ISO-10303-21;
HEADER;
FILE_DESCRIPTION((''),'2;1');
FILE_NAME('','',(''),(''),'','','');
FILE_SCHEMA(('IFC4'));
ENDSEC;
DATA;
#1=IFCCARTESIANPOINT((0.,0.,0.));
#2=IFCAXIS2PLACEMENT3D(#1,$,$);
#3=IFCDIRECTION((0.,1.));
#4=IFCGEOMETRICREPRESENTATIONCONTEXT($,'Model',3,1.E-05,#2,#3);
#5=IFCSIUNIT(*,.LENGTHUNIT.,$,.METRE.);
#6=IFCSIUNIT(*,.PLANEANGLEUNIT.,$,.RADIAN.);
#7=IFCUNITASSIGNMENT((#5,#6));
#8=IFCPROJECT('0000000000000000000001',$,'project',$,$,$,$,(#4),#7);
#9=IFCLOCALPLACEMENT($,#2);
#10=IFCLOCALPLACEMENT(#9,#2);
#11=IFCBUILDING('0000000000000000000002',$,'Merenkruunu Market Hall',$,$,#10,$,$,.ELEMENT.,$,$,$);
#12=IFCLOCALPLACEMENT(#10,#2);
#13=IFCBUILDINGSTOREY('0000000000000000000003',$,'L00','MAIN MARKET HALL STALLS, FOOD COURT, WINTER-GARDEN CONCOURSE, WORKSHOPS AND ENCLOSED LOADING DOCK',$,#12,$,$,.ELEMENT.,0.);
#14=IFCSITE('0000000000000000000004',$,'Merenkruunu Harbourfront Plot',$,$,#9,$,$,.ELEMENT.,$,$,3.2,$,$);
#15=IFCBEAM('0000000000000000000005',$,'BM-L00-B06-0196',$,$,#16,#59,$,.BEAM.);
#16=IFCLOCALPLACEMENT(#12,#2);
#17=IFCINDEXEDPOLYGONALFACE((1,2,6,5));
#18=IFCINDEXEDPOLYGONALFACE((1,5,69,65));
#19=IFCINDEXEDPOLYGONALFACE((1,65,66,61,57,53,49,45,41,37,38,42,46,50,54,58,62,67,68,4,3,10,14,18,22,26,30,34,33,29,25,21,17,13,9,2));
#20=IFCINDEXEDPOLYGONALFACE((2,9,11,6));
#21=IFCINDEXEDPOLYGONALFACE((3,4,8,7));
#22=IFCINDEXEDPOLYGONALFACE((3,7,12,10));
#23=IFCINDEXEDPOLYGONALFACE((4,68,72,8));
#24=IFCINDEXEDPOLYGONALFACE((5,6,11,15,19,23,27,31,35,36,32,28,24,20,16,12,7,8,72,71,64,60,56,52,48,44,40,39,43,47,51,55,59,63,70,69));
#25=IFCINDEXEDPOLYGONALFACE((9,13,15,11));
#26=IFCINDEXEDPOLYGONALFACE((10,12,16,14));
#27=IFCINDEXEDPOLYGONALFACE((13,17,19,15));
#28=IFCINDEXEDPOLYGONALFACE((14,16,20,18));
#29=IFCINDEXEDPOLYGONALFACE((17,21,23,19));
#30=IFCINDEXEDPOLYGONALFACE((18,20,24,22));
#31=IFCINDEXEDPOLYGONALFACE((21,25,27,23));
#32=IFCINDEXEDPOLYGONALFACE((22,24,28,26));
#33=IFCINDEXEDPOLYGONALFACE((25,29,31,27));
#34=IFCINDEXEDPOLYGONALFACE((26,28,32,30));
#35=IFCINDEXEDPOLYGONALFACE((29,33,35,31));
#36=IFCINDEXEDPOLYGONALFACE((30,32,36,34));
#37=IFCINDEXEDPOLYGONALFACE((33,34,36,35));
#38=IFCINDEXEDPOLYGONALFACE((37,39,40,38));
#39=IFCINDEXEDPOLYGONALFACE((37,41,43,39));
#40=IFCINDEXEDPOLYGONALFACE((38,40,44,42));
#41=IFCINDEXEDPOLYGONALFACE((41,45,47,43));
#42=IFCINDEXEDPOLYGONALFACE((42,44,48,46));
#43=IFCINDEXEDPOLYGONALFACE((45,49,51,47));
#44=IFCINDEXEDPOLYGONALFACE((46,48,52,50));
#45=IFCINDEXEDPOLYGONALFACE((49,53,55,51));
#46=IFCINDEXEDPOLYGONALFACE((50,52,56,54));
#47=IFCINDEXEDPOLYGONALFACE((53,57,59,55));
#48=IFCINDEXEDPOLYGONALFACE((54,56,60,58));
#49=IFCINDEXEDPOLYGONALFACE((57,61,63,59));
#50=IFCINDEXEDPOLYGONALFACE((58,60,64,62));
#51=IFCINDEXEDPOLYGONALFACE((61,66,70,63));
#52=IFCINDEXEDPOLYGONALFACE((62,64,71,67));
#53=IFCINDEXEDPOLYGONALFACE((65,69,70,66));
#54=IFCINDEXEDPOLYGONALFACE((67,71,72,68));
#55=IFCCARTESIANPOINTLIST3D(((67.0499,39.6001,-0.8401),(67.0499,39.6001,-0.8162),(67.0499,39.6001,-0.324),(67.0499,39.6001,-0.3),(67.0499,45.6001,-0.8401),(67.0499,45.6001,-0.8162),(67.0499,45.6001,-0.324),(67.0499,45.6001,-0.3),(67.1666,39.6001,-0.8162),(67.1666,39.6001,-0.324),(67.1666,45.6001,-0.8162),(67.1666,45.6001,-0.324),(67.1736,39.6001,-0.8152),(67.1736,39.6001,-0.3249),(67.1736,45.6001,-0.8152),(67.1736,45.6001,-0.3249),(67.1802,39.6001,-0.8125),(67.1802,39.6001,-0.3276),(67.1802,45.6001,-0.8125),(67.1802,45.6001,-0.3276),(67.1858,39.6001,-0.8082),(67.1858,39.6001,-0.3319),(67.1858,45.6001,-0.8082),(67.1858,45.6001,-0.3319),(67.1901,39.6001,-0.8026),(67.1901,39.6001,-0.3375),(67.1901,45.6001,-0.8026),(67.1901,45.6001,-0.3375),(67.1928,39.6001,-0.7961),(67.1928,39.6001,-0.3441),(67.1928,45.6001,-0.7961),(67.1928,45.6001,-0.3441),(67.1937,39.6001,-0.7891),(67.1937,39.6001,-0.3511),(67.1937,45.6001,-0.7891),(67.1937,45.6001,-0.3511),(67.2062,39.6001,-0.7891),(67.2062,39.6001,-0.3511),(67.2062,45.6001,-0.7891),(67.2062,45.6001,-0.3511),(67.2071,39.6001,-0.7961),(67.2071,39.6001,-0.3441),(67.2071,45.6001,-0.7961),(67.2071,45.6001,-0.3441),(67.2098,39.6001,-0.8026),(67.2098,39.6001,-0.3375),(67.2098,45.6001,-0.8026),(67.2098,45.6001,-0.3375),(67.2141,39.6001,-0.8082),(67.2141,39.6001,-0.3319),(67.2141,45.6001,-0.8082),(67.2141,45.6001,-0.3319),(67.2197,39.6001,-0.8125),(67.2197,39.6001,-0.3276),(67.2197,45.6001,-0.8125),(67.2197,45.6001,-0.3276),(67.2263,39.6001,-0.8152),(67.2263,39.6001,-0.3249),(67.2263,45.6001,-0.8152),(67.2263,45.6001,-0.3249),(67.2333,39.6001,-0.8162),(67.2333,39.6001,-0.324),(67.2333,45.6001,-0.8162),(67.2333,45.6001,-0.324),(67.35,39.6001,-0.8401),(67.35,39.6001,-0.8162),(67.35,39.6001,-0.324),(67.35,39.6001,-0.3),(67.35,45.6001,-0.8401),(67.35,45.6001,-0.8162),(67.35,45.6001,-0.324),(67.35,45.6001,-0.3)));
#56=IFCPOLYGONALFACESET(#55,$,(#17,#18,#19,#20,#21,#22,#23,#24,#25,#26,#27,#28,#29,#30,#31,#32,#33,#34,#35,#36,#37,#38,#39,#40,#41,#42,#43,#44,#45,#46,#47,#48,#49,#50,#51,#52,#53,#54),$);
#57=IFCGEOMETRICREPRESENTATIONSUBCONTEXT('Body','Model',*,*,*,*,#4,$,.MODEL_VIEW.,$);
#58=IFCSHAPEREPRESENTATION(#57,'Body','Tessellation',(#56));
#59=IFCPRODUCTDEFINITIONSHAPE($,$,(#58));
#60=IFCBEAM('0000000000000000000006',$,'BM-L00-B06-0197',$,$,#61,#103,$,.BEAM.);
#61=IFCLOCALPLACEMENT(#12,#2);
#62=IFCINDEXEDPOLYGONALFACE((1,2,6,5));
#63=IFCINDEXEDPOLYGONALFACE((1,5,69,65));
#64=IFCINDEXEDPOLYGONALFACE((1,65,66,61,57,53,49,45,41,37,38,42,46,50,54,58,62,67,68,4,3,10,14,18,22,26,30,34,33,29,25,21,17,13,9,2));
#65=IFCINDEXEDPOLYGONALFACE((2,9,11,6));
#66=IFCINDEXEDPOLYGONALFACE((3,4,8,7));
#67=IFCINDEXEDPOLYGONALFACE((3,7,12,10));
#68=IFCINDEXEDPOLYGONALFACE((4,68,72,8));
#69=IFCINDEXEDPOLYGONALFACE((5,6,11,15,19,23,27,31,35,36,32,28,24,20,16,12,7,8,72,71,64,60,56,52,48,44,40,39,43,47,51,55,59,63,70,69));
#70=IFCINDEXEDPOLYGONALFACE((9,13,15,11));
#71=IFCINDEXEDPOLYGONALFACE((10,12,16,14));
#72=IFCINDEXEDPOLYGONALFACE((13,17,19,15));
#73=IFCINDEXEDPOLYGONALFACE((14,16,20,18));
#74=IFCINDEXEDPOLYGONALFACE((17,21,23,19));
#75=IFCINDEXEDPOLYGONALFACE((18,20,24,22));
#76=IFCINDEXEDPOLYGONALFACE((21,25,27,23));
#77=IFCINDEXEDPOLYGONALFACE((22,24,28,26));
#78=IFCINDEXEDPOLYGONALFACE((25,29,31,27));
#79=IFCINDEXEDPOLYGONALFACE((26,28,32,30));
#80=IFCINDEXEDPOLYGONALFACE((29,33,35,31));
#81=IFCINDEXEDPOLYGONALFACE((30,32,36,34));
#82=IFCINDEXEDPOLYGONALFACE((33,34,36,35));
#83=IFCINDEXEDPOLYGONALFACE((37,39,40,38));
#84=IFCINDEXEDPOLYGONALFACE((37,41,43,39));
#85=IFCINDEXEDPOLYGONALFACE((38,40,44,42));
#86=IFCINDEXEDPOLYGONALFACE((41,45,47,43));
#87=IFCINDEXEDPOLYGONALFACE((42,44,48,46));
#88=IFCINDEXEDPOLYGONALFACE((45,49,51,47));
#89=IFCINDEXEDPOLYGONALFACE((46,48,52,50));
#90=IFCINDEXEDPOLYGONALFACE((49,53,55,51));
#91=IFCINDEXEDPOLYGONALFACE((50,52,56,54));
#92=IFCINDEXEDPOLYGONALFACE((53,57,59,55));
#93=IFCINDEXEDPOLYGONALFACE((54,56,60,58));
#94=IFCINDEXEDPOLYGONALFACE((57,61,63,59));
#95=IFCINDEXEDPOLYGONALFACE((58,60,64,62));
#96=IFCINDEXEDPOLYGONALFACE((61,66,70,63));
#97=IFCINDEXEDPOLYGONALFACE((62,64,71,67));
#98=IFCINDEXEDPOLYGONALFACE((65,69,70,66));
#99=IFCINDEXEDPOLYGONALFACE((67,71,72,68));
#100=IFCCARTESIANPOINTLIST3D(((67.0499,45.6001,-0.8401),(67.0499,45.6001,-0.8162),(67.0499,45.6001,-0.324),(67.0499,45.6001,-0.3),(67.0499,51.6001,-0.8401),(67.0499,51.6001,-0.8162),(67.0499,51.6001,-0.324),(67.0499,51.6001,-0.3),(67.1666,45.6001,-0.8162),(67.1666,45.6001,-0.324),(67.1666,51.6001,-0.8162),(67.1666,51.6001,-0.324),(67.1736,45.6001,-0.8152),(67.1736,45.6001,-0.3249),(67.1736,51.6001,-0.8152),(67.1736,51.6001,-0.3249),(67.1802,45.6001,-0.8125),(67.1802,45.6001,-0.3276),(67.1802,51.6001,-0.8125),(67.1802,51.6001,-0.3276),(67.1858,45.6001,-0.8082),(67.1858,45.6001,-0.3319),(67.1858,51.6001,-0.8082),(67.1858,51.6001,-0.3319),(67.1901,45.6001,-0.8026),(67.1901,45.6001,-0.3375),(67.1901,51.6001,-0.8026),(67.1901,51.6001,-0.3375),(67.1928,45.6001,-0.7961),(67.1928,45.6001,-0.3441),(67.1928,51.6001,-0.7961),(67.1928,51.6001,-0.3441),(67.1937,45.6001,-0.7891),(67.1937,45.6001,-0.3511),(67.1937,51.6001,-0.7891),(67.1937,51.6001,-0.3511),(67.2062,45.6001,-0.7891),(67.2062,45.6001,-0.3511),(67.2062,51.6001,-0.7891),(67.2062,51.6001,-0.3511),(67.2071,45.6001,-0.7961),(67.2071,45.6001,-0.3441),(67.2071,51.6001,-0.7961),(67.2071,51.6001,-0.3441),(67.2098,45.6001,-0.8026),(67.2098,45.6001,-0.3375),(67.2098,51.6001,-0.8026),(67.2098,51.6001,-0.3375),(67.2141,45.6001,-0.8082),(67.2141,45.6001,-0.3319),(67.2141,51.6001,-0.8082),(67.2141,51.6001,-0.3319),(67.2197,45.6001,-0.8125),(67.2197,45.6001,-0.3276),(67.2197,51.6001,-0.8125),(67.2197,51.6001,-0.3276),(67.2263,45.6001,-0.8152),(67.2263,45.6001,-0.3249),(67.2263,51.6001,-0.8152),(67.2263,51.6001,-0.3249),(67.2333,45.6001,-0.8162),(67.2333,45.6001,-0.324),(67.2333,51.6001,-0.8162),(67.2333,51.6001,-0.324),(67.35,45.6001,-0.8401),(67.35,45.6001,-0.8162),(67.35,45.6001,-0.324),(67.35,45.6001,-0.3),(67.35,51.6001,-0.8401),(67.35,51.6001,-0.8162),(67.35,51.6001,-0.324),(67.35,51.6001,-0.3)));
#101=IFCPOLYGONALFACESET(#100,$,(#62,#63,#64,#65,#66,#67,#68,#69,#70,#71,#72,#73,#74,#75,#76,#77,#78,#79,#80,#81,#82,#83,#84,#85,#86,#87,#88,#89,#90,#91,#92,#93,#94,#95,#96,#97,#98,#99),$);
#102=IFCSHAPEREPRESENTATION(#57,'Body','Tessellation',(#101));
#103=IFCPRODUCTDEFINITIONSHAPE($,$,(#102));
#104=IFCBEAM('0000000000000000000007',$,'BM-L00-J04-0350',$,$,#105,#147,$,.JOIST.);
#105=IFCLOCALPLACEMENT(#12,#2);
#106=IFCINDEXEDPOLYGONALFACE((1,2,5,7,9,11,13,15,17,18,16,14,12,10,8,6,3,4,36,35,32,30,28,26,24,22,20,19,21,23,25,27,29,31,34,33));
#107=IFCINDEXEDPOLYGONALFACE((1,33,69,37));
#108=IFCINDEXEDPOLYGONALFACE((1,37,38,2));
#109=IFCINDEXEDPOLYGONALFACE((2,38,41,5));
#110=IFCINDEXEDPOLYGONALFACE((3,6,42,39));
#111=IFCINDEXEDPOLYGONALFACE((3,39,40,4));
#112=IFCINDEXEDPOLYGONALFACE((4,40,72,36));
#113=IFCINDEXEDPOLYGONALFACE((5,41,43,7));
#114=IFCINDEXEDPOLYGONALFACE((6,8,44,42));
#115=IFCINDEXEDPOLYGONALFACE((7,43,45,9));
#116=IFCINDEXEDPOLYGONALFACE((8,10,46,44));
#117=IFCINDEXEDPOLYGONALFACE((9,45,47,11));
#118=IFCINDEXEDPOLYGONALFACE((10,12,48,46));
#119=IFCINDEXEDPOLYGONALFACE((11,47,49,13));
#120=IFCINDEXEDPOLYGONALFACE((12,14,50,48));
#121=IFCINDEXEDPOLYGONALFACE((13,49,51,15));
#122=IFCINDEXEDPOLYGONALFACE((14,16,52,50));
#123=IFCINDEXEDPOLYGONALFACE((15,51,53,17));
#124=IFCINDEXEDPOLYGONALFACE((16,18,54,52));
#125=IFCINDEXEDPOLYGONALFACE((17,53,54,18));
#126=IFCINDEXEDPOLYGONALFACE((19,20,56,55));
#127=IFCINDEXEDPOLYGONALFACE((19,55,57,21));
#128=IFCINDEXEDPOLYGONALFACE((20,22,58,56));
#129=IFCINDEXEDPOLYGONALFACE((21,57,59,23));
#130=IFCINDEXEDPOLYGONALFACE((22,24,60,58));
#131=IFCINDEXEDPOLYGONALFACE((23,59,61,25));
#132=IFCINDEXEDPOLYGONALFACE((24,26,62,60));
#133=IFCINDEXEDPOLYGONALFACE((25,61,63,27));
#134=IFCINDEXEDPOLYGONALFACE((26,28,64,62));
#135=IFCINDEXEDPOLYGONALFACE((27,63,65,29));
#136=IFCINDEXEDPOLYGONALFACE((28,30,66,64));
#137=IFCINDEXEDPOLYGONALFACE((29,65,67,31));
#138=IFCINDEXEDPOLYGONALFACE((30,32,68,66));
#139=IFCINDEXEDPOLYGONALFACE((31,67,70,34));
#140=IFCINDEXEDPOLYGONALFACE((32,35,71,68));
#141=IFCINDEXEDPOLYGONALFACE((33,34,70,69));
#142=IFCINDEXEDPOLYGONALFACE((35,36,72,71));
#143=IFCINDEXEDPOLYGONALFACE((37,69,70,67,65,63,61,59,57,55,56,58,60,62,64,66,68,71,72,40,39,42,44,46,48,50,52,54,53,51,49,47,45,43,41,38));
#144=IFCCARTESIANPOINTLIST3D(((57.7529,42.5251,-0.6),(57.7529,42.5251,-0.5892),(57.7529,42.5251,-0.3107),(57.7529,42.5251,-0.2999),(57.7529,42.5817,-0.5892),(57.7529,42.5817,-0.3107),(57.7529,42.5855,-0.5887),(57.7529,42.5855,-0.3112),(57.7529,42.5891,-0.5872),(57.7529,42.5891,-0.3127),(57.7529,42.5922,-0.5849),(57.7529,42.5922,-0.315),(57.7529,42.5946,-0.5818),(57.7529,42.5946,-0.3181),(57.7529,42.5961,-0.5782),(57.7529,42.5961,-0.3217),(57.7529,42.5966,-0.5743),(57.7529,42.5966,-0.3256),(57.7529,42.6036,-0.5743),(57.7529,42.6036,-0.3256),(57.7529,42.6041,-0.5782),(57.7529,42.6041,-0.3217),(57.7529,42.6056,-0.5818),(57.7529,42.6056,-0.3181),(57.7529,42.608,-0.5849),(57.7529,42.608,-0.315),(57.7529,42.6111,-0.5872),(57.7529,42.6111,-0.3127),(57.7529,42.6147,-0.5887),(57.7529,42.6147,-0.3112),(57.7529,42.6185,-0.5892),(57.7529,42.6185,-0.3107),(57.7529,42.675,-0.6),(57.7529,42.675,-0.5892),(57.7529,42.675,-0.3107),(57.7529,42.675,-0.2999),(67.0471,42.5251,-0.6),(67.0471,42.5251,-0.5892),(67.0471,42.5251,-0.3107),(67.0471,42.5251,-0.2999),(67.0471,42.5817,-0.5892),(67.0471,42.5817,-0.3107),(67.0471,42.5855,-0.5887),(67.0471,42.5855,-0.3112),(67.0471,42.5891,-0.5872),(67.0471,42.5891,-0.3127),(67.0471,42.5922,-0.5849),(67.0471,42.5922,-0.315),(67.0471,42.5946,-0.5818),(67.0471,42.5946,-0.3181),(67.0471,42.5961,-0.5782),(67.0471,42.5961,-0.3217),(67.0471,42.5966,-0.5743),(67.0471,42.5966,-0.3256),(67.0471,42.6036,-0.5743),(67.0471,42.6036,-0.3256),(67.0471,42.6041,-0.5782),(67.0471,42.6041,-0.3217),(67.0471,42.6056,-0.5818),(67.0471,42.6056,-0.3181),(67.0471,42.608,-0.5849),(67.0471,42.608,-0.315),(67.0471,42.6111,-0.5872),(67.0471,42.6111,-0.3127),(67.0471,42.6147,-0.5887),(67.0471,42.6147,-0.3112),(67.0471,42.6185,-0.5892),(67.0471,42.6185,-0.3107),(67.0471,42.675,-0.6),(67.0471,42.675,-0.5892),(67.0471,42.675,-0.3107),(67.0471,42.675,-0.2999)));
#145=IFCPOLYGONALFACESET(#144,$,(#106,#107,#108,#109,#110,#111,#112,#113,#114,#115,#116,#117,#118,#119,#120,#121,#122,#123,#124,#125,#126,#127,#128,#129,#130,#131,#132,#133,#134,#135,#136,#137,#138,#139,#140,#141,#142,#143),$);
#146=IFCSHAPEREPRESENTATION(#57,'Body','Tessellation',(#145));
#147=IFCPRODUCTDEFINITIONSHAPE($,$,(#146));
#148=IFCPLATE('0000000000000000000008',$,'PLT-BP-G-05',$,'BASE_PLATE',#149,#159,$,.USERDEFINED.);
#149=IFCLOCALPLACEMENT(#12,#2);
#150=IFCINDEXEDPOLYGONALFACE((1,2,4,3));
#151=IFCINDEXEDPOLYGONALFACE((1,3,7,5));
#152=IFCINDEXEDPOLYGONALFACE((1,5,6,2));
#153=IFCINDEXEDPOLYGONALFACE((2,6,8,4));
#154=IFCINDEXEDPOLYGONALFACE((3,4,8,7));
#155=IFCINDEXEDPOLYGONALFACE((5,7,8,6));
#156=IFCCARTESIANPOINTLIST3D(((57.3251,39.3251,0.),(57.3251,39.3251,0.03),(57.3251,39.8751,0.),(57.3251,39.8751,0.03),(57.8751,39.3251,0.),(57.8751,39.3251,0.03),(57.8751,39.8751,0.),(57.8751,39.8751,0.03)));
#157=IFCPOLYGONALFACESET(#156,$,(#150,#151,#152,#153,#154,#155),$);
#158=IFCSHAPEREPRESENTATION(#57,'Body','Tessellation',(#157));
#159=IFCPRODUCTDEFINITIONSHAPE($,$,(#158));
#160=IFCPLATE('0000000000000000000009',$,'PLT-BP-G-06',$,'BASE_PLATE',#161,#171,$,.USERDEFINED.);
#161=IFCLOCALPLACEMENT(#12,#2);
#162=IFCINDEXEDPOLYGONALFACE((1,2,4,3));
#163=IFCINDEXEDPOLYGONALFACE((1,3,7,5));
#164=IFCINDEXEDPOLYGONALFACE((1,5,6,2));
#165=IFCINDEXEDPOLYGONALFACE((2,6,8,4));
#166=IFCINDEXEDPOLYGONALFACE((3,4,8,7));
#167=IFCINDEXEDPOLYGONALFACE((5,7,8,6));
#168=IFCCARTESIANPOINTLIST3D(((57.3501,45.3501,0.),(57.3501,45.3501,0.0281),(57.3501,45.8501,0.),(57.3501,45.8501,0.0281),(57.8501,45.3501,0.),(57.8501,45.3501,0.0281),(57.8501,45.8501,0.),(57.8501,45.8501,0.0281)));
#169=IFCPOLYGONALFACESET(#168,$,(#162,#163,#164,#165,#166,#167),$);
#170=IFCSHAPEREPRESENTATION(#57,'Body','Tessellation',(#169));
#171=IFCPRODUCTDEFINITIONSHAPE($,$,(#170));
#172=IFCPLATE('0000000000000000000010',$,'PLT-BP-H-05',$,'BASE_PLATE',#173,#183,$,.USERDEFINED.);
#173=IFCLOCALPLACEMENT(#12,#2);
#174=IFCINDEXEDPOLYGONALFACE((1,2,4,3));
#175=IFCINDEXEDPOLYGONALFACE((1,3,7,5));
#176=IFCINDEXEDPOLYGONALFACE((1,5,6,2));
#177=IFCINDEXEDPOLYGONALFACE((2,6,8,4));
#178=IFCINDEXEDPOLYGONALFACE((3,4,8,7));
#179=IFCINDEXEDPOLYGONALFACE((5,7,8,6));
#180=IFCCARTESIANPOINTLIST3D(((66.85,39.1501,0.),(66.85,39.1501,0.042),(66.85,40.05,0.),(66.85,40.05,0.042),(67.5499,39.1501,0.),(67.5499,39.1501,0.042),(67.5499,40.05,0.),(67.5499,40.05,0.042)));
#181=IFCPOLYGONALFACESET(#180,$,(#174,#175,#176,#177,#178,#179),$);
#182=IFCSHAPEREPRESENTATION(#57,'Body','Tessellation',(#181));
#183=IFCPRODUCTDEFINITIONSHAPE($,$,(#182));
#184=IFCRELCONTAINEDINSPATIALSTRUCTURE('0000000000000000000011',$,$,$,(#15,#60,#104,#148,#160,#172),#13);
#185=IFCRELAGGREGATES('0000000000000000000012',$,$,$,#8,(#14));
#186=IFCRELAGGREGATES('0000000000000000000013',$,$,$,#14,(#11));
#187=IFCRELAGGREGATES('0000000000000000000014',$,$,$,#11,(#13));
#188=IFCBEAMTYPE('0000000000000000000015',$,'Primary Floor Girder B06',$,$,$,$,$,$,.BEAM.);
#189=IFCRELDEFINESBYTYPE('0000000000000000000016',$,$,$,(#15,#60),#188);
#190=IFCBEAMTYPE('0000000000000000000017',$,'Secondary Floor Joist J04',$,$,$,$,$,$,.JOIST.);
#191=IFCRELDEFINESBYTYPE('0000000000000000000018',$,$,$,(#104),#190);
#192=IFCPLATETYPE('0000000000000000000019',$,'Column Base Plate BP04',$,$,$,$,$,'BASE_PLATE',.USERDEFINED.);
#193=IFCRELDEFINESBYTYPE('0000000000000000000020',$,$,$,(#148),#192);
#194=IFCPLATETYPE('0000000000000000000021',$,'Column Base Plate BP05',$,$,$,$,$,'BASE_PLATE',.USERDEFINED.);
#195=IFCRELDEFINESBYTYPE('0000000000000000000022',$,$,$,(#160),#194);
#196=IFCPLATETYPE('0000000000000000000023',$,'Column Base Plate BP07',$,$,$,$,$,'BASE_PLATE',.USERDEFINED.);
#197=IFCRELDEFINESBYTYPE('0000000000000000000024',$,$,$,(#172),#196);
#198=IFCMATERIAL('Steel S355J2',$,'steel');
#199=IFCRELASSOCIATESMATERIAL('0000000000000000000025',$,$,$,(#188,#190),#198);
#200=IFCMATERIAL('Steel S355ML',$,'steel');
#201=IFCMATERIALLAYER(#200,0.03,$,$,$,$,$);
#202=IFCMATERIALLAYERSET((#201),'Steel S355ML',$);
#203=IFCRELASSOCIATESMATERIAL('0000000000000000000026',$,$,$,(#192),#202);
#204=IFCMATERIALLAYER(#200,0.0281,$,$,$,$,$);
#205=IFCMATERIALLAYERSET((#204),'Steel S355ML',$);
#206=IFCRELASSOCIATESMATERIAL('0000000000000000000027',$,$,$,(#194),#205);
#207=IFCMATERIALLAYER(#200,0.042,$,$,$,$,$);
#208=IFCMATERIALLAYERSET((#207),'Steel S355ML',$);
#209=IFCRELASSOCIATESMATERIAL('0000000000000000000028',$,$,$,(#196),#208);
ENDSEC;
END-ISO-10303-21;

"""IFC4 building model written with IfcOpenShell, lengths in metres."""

from ifc_helpers import new_model, si_unit, direction, frame, origin, origin_2d, place, context, subcontext, project, spatial, rectangle, i_section, extrude, material, layer, layer_set, material_profile, profile_set, type_object, element, save


model = new_model("IFC4")

# Units and contexts
model_context = context("Model", 3, precision=1e-05, world=origin(), true_north=direction((0.0, 1.0)))
body_context = subcontext(model_context, "Body", "Model", "MODEL_VIEW")
ifc_project = project(units=[si_unit("LENGTHUNIT", "METRE"), si_unit("PLANEANGLEUNIT", "RADIAN")], contexts=[model_context])

# Site, building, storey
site_placement = place(None, origin())
site = spatial("IfcSite", under=ifc_project, at=site_placement, Name="Merenkruunu Harbourfront Plot", CompositionType="ELEMENT", RefElevation=3.2)
building_placement = place(site_placement, origin())
building = spatial("IfcBuilding", under=site, at=building_placement, Name="Merenkruunu Market Hall", CompositionType="ELEMENT")
storey_placement = place(building_placement, origin())
storey = spatial("IfcBuildingStorey", under=building, at=storey_placement, Name="L00", Description="MAIN MARKET HALL STALLS, FOOD COURT, WINTER-GARDEN CONCOURSE, WORKSHOPS AND ENCLOSED LOADING DOCK", CompositionType="ELEMENT", Elevation=0.0)

# Shared definitions
ifc_material_1 = material(Name="Steel S355ML", Category="steel")

# Beams
ifc_material_2 = material(Name="Steel S355J2", Category="steel")
ifc_material_profile_1 = material_profile(ifc_material_2, i_section(OverallWidth=0.3, OverallDepth=0.54, WebThickness=0.0125, FlangeThickness=0.0239, FilletRadius=0.0271, at=origin_2d()), Name="HEA 550")
ifc_profile_set_1 = profile_set([ifc_material_profile_1], Name="Steel S355J2")
beam_type_1 = type_object("IfcBeamType", Name="Primary Floor Girder B06", PredefinedType="BEAM", material=ifc_profile_set_1)
for number, where, z_axis, x_axis, name in (
    (1, (67.2, 39.6001, -0.5701), (0.0, 1.0, 0.0), (-1.0, 0.0, 0.0), "BM-L00-B06-0196"),
    (2, (67.2, 45.6001, -0.5701), (0.0, 1.0, 0.0), (-1.0, 0.0, 0.0), "BM-L00-B06-0197"),
):
    element("IfcBeam", number, at=place(storey_placement, frame(where, z_axis=z_axis, x_axis=x_axis)), inside=storey, type_object=beam_type_1, Name=name, PredefinedType="BEAM", context=body_context, shape_type="SweptSolid", body=[
        extrude(i_section(OverallWidth=0.3, OverallDepth=0.54, WebThickness=0.0125, FlangeThickness=0.0239, FilletRadius=0.0271, at=origin_2d()), origin(), (0.0, 0.0, 1.0), 6.0),
    ])
ifc_material_profile_2 = material_profile(ifc_material_2, i_section(OverallWidth=0.1499, OverallDepth=0.3, WebThickness=0.0071, FlangeThickness=0.0107, FilletRadius=0.0149, at=origin_2d()), Name="IPE 300")
ifc_profile_set_2 = profile_set([ifc_material_profile_2], Name="Steel S355J2")
beam_type_2 = type_object("IfcBeamType", Name="Secondary Floor Joist J04", PredefinedType="JOIST", material=ifc_profile_set_2)
beam_1_placement = place(storey_placement, frame((57.7529, 42.6001, -0.45), z_axis=(1.0, 0.0, 0.0), x_axis=(0.0, 1.0, 0.0)))
element("IfcBeam", 3, at=beam_1_placement, inside=storey, type_object=beam_type_2, Name="BM-L00-J04-0350", PredefinedType="JOIST", context=body_context, shape_type="SweptSolid", body=[
    extrude(i_section(OverallWidth=0.1499, OverallDepth=0.3, WebThickness=0.0071, FlangeThickness=0.0107, FilletRadius=0.0149, at=origin_2d()), origin(), (0.0, 0.0, 1.0), 9.2942),
])

# Plates
ifc_layer_1 = layer(ifc_material_1, 0.03)
ifc_layer_set_1 = layer_set([ifc_layer_1], Name="Steel S355ML")
plate_type_1 = type_object("IfcPlateType", Name="Column Base Plate BP04", ElementType="BASE_PLATE", PredefinedType="USERDEFINED", material=ifc_layer_set_1)
plate_1_placement = place(storey_placement, frame((57.6001, 39.6001, 0.0), z_axis=(0.0, 0.0, 1.0), x_axis=(1.0, 0.0, 0.0)))
element("IfcPlate", 4, at=plate_1_placement, inside=storey, type_object=plate_type_1, Name="PLT-BP-G-05", ObjectType="BASE_PLATE", PredefinedType="USERDEFINED", context=body_context, shape_type="SweptSolid", body=[
    extrude(rectangle(XDim=0.55, YDim=0.55, at=origin_2d()), origin(), (0.0, 0.0, 1.0), 0.03),
])
ifc_layer_2 = layer(ifc_material_1, 0.0281)
ifc_layer_set_2 = layer_set([ifc_layer_2], Name="Steel S355ML")
plate_type_2 = type_object("IfcPlateType", Name="Column Base Plate BP05", ElementType="BASE_PLATE", PredefinedType="USERDEFINED", material=ifc_layer_set_2)
plate_2_placement = place(storey_placement, frame((57.6001, 45.6001, 0.0), z_axis=(0.0, 0.0, 1.0), x_axis=(1.0, 0.0, 0.0)))
element("IfcPlate", 5, at=plate_2_placement, inside=storey, type_object=plate_type_2, Name="PLT-BP-G-06", ObjectType="BASE_PLATE", PredefinedType="USERDEFINED", context=body_context, shape_type="SweptSolid", body=[
    extrude(rectangle(XDim=0.5, YDim=0.5, at=origin_2d()), origin(), (0.0, 0.0, 1.0), 0.0281),
])
ifc_layer_3 = layer(ifc_material_1, 0.042)
ifc_layer_set_3 = layer_set([ifc_layer_3], Name="Steel S355ML")
plate_type_3 = type_object("IfcPlateType", Name="Column Base Plate BP07", ElementType="BASE_PLATE", PredefinedType="USERDEFINED", material=ifc_layer_set_3)
plate_3_placement = place(storey_placement, frame((67.2, 39.6001, 0.0), z_axis=(0.0, 0.0, 1.0), x_axis=(1.0, 0.0, 0.0)))
element("IfcPlate", 6, at=plate_3_placement, inside=storey, type_object=plate_type_3, Name="PLT-BP-H-05", ObjectType="BASE_PLATE", PredefinedType="USERDEFINED", context=body_context, shape_type="SweptSolid", body=[
    extrude(rectangle(XDim=0.7, YDim=0.8999, at=origin_2d()), origin(), (0.0, 0.0, 1.0), 0.042),
])

save(model, "model.ifc")
